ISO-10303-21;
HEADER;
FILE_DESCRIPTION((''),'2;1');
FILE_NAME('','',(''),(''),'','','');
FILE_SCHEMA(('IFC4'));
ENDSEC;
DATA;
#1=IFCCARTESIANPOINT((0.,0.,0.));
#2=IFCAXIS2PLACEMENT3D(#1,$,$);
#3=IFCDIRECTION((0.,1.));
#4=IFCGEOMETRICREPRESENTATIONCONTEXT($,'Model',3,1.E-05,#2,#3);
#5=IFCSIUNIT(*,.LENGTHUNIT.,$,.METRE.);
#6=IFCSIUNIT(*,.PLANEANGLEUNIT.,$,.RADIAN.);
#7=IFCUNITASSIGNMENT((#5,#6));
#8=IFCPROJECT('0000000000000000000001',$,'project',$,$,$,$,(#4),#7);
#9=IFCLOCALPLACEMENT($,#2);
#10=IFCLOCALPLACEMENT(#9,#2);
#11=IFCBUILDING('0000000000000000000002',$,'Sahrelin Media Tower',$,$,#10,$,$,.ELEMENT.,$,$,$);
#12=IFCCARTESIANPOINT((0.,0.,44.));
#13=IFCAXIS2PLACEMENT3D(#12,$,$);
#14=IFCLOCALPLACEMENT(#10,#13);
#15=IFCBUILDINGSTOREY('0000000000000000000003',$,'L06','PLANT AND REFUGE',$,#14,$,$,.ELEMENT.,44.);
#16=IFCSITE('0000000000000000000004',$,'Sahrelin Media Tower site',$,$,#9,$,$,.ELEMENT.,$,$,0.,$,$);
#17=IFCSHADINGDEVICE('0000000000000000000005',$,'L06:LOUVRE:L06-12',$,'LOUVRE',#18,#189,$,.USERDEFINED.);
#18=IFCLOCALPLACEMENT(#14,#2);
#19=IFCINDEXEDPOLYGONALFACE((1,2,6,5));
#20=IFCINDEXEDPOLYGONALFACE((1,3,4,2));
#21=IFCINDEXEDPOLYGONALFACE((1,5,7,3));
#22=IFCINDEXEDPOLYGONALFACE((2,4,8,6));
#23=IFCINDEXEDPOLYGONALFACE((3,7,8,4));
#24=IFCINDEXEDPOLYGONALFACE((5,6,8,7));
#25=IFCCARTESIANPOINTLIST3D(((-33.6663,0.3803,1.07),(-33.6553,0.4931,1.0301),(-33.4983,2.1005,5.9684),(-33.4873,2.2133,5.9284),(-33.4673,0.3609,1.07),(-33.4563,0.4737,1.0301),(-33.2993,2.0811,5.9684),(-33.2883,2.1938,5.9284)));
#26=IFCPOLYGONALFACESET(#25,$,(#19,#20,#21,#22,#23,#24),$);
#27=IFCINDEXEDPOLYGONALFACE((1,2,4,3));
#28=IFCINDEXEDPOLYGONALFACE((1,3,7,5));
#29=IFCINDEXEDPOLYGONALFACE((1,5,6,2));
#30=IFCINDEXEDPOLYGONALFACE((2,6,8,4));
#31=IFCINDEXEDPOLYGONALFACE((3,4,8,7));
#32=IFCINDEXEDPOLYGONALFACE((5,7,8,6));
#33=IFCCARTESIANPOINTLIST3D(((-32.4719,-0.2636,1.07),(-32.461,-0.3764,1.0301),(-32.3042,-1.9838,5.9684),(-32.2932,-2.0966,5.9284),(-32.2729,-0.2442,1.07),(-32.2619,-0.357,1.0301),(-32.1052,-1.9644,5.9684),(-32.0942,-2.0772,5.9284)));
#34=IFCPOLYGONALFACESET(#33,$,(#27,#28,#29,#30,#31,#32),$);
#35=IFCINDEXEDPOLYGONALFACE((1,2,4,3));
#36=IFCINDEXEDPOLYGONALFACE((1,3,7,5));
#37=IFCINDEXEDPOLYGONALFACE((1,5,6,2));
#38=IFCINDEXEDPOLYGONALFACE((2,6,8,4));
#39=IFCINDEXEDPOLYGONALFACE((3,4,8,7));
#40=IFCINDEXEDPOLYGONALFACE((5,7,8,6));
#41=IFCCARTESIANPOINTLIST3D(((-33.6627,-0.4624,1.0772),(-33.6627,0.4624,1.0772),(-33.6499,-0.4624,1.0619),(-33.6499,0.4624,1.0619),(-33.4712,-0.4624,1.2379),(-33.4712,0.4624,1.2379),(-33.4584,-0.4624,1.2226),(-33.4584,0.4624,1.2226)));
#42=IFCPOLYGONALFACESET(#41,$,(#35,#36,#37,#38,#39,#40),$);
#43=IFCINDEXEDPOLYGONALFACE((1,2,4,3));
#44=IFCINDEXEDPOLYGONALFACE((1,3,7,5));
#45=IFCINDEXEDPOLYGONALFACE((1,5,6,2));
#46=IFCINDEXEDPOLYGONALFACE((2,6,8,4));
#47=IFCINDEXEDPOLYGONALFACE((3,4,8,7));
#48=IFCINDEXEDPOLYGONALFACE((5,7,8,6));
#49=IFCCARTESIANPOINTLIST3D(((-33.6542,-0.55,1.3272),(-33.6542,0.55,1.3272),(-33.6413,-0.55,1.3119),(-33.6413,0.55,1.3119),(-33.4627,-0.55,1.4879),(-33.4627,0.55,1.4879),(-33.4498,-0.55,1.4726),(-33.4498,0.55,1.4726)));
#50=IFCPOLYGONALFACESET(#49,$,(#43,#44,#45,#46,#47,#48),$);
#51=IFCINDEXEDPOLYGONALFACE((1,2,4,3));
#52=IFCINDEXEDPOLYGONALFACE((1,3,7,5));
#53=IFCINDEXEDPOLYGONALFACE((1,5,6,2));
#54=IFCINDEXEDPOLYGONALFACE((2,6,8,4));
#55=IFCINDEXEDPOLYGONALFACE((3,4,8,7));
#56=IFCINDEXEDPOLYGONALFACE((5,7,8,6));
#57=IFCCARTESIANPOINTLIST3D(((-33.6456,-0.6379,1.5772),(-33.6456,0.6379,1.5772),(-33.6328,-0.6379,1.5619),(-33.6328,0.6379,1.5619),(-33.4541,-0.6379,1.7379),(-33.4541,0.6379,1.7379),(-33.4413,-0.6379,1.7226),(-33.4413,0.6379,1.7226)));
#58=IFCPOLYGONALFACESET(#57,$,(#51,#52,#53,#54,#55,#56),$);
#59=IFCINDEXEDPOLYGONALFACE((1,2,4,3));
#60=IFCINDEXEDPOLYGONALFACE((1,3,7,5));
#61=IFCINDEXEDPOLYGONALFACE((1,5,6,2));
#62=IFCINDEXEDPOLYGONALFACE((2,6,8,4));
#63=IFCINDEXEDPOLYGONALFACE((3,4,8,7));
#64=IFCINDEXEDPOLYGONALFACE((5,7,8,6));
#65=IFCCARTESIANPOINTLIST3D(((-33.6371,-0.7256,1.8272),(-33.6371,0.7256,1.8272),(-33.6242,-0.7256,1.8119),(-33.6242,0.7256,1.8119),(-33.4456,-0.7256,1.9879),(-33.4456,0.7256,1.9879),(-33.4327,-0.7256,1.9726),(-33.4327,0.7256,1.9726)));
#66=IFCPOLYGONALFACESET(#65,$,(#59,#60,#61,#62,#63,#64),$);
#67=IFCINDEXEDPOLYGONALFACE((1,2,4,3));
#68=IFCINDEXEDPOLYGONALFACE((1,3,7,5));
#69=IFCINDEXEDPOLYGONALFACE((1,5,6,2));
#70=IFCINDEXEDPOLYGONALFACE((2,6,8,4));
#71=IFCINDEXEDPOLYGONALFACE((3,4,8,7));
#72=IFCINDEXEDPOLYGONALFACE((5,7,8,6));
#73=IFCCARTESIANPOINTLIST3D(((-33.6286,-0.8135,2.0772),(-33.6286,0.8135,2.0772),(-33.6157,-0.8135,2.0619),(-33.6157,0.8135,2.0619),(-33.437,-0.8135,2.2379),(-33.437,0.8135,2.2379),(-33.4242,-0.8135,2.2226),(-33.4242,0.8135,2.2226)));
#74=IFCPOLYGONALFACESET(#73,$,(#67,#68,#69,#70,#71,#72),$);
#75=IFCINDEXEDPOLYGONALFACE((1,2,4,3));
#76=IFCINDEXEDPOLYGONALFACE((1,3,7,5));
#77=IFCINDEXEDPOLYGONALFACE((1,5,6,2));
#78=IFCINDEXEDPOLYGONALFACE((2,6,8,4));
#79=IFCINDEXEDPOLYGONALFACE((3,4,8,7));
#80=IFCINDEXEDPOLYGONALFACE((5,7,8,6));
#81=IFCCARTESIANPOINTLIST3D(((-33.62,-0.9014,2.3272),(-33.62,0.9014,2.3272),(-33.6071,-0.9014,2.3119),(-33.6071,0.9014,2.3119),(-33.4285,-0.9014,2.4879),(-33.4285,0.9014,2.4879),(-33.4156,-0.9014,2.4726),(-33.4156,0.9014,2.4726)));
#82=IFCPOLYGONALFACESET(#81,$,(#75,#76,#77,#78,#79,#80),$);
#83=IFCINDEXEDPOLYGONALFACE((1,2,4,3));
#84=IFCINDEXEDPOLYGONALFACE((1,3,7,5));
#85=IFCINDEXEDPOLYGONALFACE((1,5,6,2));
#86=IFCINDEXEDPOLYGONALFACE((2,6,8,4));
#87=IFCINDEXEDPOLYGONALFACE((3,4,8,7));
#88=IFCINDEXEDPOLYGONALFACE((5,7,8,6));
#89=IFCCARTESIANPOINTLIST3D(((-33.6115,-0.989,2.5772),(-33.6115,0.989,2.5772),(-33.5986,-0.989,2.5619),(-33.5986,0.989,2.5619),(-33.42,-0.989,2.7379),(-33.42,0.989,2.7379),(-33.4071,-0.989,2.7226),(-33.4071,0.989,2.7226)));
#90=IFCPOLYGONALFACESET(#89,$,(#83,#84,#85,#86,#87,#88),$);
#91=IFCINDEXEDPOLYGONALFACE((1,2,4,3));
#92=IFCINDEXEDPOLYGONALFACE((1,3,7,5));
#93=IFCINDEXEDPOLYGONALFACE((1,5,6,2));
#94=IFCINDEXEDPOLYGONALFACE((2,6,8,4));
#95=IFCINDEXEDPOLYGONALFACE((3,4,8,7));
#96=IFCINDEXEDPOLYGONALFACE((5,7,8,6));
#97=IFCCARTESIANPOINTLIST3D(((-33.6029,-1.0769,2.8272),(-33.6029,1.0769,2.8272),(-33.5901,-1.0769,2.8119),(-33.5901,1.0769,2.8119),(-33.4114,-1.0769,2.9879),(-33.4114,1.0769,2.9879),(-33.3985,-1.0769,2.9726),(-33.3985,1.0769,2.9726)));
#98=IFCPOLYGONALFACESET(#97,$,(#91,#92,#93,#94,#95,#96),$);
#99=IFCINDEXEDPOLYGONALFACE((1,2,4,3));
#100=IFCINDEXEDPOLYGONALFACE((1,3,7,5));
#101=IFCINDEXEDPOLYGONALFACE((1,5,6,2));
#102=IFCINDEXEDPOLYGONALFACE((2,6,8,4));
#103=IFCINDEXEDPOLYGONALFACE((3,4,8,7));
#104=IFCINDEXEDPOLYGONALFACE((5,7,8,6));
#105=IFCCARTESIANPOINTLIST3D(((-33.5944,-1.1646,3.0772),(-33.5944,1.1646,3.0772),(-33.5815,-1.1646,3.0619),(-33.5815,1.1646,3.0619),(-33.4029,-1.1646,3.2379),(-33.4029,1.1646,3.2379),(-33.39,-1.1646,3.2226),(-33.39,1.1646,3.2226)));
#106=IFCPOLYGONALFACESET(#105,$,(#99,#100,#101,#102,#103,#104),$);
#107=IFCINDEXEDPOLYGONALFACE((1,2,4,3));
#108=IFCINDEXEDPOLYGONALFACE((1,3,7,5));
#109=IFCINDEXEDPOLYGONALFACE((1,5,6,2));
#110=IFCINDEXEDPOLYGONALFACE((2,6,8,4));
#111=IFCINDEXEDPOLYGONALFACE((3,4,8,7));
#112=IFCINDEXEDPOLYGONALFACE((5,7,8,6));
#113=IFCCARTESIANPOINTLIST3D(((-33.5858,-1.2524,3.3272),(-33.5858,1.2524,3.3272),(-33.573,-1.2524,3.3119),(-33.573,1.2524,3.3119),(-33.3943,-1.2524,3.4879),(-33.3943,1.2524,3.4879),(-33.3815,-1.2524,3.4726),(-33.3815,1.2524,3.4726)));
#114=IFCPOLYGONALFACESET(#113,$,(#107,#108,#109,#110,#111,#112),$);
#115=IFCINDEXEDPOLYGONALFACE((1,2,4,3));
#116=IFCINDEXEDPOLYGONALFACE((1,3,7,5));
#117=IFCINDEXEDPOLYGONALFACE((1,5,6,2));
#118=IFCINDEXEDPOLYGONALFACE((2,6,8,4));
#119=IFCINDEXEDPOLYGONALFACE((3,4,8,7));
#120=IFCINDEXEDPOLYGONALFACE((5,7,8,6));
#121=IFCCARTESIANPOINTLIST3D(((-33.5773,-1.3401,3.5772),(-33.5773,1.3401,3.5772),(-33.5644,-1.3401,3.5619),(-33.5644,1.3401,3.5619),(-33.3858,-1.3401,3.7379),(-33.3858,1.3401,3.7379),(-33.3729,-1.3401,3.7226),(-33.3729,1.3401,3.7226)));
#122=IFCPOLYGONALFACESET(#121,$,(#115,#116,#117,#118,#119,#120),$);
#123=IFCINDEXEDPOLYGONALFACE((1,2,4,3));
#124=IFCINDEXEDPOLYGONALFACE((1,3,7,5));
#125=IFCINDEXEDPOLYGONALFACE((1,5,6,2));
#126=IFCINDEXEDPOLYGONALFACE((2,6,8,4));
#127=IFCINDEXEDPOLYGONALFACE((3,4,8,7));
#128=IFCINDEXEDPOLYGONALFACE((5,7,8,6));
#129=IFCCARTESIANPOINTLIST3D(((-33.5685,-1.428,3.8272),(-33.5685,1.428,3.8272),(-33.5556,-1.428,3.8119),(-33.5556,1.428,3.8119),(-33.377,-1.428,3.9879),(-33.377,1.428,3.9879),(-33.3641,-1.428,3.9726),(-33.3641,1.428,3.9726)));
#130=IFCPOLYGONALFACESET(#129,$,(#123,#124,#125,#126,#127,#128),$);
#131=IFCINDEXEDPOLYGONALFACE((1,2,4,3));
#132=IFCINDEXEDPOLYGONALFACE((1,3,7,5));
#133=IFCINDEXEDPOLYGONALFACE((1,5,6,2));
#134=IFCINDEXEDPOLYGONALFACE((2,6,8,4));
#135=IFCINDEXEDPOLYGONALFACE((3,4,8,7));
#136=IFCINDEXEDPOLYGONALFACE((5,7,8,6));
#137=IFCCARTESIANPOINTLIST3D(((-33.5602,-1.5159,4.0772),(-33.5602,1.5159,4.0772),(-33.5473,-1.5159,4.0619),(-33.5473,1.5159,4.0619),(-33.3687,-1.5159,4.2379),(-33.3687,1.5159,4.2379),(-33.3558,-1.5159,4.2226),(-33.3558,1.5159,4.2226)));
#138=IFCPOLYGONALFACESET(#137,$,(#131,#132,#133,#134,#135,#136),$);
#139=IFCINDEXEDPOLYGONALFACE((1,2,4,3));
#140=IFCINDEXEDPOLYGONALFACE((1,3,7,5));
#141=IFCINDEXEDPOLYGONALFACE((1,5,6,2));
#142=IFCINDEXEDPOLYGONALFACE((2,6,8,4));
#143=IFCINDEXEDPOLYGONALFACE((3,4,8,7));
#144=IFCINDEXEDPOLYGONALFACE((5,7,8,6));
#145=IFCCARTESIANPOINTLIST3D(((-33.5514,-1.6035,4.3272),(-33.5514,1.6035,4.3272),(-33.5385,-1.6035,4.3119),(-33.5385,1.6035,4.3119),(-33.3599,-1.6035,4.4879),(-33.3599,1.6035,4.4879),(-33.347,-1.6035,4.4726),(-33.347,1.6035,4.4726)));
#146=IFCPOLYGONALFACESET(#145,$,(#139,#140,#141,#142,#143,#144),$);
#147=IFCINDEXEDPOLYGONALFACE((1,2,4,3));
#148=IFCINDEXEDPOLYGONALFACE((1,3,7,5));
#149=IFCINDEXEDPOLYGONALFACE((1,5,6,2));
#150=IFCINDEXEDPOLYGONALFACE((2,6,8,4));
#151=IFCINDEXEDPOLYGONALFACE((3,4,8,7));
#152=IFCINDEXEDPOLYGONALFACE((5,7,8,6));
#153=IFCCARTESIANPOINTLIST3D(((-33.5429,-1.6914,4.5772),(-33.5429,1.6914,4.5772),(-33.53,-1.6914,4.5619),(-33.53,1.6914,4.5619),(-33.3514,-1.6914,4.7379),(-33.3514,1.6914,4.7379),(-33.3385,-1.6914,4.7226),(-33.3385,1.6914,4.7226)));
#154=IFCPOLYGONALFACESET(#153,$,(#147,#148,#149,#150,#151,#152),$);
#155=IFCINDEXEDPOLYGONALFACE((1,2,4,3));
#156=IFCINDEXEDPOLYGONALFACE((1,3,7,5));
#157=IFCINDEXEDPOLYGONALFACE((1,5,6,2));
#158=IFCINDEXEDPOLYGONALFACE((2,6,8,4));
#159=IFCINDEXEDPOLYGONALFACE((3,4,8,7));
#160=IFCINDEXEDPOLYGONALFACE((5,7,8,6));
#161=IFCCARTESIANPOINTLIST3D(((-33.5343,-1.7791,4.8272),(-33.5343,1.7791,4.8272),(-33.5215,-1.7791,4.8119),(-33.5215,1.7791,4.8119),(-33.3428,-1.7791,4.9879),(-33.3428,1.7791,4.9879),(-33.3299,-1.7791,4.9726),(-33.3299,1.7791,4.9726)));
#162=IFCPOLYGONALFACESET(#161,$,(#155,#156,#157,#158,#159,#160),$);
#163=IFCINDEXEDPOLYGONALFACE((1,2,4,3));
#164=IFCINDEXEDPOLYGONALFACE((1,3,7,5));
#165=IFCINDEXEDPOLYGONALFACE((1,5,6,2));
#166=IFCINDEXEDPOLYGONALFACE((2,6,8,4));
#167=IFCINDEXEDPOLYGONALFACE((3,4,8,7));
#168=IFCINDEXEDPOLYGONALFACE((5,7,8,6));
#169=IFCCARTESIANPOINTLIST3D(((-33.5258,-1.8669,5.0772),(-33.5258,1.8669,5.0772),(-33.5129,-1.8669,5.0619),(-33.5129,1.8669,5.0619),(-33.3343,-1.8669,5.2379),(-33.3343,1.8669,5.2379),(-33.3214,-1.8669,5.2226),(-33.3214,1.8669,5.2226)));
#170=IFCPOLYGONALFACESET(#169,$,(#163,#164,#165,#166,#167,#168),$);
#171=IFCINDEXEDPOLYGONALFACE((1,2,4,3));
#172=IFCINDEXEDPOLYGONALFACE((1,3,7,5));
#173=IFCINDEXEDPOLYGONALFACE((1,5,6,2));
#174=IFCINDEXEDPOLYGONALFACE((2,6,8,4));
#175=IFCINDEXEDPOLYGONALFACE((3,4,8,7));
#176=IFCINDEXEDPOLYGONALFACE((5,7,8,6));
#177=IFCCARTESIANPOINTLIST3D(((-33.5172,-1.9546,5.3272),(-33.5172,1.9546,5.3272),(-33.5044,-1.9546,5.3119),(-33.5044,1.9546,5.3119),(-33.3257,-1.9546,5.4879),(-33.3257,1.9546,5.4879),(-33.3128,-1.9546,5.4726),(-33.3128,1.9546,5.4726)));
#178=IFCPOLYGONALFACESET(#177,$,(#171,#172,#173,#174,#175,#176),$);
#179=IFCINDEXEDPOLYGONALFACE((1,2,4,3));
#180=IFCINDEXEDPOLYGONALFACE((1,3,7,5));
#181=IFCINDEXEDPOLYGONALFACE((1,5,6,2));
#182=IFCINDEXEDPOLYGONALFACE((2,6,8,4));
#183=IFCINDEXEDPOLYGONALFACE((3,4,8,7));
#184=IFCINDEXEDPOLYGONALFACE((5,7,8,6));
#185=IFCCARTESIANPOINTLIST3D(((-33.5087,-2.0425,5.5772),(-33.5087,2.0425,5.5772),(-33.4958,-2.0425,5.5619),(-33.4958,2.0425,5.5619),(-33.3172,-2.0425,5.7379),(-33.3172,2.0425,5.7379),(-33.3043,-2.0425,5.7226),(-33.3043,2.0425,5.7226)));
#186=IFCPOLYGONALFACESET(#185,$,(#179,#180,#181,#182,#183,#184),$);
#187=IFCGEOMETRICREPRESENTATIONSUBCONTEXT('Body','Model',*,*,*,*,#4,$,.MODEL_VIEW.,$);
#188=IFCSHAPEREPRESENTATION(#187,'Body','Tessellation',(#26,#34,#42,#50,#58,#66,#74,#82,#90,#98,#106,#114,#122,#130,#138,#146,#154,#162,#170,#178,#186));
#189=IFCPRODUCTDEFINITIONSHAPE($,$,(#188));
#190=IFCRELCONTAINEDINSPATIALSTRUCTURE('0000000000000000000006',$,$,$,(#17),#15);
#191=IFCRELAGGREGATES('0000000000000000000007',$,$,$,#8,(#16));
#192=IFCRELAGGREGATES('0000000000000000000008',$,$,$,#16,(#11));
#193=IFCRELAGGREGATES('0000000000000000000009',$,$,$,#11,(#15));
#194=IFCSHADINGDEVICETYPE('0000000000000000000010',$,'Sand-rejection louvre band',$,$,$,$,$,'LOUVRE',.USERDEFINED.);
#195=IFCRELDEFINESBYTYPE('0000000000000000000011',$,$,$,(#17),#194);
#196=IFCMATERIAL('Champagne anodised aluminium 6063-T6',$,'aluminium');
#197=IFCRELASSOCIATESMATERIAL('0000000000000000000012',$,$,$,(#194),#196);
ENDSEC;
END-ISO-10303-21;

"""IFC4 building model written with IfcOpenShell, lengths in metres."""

from ifc_helpers import new_model, si_unit, direction, frame, origin, origin_2d, place, context, subcontext, project, spatial, rectangle, extrude, material, type_object, element, save


model = new_model("IFC4")

# Units and contexts
model_context = context("Model", 3, precision=1e-05, world=origin(), true_north=direction((0.0, 1.0)))
body_context = subcontext(model_context, "Body", "Model", "MODEL_VIEW")
ifc_project = project(units=[si_unit("LENGTHUNIT", "METRE"), si_unit("PLANEANGLEUNIT", "RADIAN")], contexts=[model_context])

# Site, building, storey
site_placement = place(None, origin())
site = spatial("IfcSite", under=ifc_project, at=site_placement, Name="Sahrelin Media Tower site", CompositionType="ELEMENT", RefElevation=0.0)
building_placement = place(site_placement, origin())
building = spatial("IfcBuilding", under=site, at=building_placement, Name="Sahrelin Media Tower", CompositionType="ELEMENT")
storey_placement = place(building_placement, frame((0.0, 0.0, 44.0)))
storey = spatial("IfcBuildingStorey", under=building, at=storey_placement, Name="L06", Description="PLANT AND REFUGE", CompositionType="ELEMENT", Elevation=44.0)

# Shading device
ifc_material_1 = material(Name="Champagne anodised aluminium 6063-T6", Category="aluminium")
shading_device_type = type_object("IfcShadingDeviceType", Name="Sand-rejection louvre band", ElementType="LOUVRE", PredefinedType="USERDEFINED", material=ifc_material_1)
shading_device_1_placement = place(storey_placement, frame((-33.0, 0.0, 0.0), z_axis=(0.0, 0.0, 1.0), x_axis=(0.0, 1.0, 0.0)))
element("IfcShadingDevice", 1, at=shading_device_1_placement, inside=storey, type_object=shading_device_type, Name="L06:LOUVRE:L06-12", ObjectType="LOUVRE", PredefinedType="USERDEFINED", context=body_context, shape_type="SweptSolid", body=[
    extrude(rectangle(XDim=0.2, YDim=0.1201, at=origin_2d()), frame((0.427, 0.5613, 1.05), z_axis=(0.331166, -0.032336, 0.943018), x_axis=(0.097182, 0.995267, 0.0)), (0.0, 0.0, 1.0), 5.1943),
    extrude(rectangle(XDim=0.2, YDim=0.1201, at=origin_2d()), frame((-0.3103, -0.6331, 1.05), z_axis=(-0.331166, -0.032289, 0.94302), x_axis=(0.097042, -0.99528, 0.0)), (0.0, 0.0, 1.0), 5.1943),
    extrude(rectangle(XDim=0.25, YDim=0.02, at=origin_2d()), frame((0.4624, 0.5605, 1.1499), z_axis=(-1.0, 0.0, 0.0), x_axis=(0.0, -0.766044, 0.642788)), (0.0, 0.0, 1.0), 0.9248),
    extrude(rectangle(XDim=0.25, YDim=0.02, at=origin_2d()), frame((0.55, 0.552, 1.3999), z_axis=(-1.0, 0.0, 0.0), x_axis=(0.0, -0.766044, 0.642788)), (0.0, 0.0, 1.0), 1.1001),
    extrude(rectangle(XDim=0.25, YDim=0.02, at=origin_2d()), frame((0.6379, 0.5435, 1.6499), z_axis=(-1.0, 0.0, 0.0), x_axis=(0.0, -0.766044, 0.642788)), (0.0, 0.0, 1.0), 1.2759),
    extrude(rectangle(XDim=0.25, YDim=0.02, at=origin_2d()), frame((0.7256, 0.5349, 1.8999), z_axis=(-1.0, 0.0, 0.0), x_axis=(0.0, -0.766044, 0.642788)), (0.0, 0.0, 1.0), 1.4512),
    extrude(rectangle(XDim=0.25, YDim=0.02, at=origin_2d()), frame((0.8135, 0.5264, 2.1499), z_axis=(-1.0, 0.0, 0.0), x_axis=(0.0, -0.766044, 0.642788)), (0.0, 0.0, 1.0), 1.627),
    extrude(rectangle(XDim=0.25, YDim=0.02, at=origin_2d()), frame((0.9014, 0.5178, 2.3999), z_axis=(-1.0, 0.0, 0.0), x_axis=(0.0, -0.766044, 0.642788)), (0.0, 0.0, 1.0), 1.8027),
    extrude(rectangle(XDim=0.25, YDim=0.02, at=origin_2d()), frame((0.989, 0.5093, 2.6499), z_axis=(-1.0, 0.0, 0.0), x_axis=(0.0, -0.766044, 0.642788)), (0.0, 0.0, 1.0), 1.978),
    extrude(rectangle(XDim=0.25, YDim=0.02, at=origin_2d()), frame((1.0769, 0.5007, 2.8999), z_axis=(-1.0, 0.0, 0.0), x_axis=(0.0, -0.766044, 0.642788)), (0.0, 0.0, 1.0), 2.1538),
    extrude(rectangle(XDim=0.25, YDim=0.02, at=origin_2d()), frame((1.1646, 0.4922, 3.1499), z_axis=(-1.0, 0.0, 0.0), x_axis=(0.0, -0.766044, 0.642788)), (0.0, 0.0, 1.0), 2.3291),
    extrude(rectangle(XDim=0.25, YDim=0.02, at=origin_2d()), frame((1.2524, 0.4836, 3.3999), z_axis=(-1.0, 0.0, 0.0), x_axis=(0.0, -0.766044, 0.642788)), (0.0, 0.0, 1.0), 2.5049),
    extrude(rectangle(XDim=0.25, YDim=0.02, at=origin_2d()), frame((1.3401, 0.4751, 3.6499), z_axis=(-1.0, 0.0, 0.0), x_axis=(0.0, -0.766044, 0.642788)), (0.0, 0.0, 1.0), 2.6802),
    extrude(rectangle(XDim=0.25, YDim=0.02, at=origin_2d()), frame((1.428, 0.4663, 3.8999), z_axis=(-1.0, 0.0, 0.0), x_axis=(0.0, -0.766044, 0.642788)), (0.0, 0.0, 1.0), 2.856),
    extrude(rectangle(XDim=0.25, YDim=0.02, at=origin_2d()), frame((1.5159, 0.458, 4.1499), z_axis=(-1.0, 0.0, 0.0), x_axis=(0.0, -0.766044, 0.642788)), (0.0, 0.0, 1.0), 3.0317),
    extrude(rectangle(XDim=0.25, YDim=0.02, at=origin_2d()), frame((1.6035, 0.4492, 4.3999), z_axis=(-1.0, 0.0, 0.0), x_axis=(0.0, -0.766044, 0.642788)), (0.0, 0.0, 1.0), 3.207),
    extrude(rectangle(XDim=0.25, YDim=0.02, at=origin_2d()), frame((1.6914, 0.4407, 4.6499), z_axis=(-1.0, 0.0, 0.0), x_axis=(0.0, -0.766044, 0.642788)), (0.0, 0.0, 1.0), 3.3828),
    extrude(rectangle(XDim=0.25, YDim=0.02, at=origin_2d()), frame((1.7791, 0.4321, 4.8999), z_axis=(-1.0, 0.0, 0.0), x_axis=(0.0, -0.766044, 0.642788)), (0.0, 0.0, 1.0), 3.5581),
    extrude(rectangle(XDim=0.25, YDim=0.02, at=origin_2d()), frame((1.8669, 0.4236, 5.1499), z_axis=(-1.0, 0.0, 0.0), x_axis=(0.0, -0.766044, 0.642788)), (0.0, 0.0, 1.0), 3.7339),
    extrude(rectangle(XDim=0.25, YDim=0.02, at=origin_2d()), frame((1.9546, 0.415, 5.3999), z_axis=(-1.0, 0.0, 0.0), x_axis=(0.0, -0.766044, 0.642788)), (0.0, 0.0, 1.0), 3.9092),
    extrude(rectangle(XDim=0.25, YDim=0.02, at=origin_2d()), frame((2.0425, 0.4065, 5.6499), z_axis=(-1.0, 0.0, 0.0), x_axis=(0.0, -0.766044, 0.642788)), (0.0, 0.0, 1.0), 4.085),
])

save(model, "model.ifc")
